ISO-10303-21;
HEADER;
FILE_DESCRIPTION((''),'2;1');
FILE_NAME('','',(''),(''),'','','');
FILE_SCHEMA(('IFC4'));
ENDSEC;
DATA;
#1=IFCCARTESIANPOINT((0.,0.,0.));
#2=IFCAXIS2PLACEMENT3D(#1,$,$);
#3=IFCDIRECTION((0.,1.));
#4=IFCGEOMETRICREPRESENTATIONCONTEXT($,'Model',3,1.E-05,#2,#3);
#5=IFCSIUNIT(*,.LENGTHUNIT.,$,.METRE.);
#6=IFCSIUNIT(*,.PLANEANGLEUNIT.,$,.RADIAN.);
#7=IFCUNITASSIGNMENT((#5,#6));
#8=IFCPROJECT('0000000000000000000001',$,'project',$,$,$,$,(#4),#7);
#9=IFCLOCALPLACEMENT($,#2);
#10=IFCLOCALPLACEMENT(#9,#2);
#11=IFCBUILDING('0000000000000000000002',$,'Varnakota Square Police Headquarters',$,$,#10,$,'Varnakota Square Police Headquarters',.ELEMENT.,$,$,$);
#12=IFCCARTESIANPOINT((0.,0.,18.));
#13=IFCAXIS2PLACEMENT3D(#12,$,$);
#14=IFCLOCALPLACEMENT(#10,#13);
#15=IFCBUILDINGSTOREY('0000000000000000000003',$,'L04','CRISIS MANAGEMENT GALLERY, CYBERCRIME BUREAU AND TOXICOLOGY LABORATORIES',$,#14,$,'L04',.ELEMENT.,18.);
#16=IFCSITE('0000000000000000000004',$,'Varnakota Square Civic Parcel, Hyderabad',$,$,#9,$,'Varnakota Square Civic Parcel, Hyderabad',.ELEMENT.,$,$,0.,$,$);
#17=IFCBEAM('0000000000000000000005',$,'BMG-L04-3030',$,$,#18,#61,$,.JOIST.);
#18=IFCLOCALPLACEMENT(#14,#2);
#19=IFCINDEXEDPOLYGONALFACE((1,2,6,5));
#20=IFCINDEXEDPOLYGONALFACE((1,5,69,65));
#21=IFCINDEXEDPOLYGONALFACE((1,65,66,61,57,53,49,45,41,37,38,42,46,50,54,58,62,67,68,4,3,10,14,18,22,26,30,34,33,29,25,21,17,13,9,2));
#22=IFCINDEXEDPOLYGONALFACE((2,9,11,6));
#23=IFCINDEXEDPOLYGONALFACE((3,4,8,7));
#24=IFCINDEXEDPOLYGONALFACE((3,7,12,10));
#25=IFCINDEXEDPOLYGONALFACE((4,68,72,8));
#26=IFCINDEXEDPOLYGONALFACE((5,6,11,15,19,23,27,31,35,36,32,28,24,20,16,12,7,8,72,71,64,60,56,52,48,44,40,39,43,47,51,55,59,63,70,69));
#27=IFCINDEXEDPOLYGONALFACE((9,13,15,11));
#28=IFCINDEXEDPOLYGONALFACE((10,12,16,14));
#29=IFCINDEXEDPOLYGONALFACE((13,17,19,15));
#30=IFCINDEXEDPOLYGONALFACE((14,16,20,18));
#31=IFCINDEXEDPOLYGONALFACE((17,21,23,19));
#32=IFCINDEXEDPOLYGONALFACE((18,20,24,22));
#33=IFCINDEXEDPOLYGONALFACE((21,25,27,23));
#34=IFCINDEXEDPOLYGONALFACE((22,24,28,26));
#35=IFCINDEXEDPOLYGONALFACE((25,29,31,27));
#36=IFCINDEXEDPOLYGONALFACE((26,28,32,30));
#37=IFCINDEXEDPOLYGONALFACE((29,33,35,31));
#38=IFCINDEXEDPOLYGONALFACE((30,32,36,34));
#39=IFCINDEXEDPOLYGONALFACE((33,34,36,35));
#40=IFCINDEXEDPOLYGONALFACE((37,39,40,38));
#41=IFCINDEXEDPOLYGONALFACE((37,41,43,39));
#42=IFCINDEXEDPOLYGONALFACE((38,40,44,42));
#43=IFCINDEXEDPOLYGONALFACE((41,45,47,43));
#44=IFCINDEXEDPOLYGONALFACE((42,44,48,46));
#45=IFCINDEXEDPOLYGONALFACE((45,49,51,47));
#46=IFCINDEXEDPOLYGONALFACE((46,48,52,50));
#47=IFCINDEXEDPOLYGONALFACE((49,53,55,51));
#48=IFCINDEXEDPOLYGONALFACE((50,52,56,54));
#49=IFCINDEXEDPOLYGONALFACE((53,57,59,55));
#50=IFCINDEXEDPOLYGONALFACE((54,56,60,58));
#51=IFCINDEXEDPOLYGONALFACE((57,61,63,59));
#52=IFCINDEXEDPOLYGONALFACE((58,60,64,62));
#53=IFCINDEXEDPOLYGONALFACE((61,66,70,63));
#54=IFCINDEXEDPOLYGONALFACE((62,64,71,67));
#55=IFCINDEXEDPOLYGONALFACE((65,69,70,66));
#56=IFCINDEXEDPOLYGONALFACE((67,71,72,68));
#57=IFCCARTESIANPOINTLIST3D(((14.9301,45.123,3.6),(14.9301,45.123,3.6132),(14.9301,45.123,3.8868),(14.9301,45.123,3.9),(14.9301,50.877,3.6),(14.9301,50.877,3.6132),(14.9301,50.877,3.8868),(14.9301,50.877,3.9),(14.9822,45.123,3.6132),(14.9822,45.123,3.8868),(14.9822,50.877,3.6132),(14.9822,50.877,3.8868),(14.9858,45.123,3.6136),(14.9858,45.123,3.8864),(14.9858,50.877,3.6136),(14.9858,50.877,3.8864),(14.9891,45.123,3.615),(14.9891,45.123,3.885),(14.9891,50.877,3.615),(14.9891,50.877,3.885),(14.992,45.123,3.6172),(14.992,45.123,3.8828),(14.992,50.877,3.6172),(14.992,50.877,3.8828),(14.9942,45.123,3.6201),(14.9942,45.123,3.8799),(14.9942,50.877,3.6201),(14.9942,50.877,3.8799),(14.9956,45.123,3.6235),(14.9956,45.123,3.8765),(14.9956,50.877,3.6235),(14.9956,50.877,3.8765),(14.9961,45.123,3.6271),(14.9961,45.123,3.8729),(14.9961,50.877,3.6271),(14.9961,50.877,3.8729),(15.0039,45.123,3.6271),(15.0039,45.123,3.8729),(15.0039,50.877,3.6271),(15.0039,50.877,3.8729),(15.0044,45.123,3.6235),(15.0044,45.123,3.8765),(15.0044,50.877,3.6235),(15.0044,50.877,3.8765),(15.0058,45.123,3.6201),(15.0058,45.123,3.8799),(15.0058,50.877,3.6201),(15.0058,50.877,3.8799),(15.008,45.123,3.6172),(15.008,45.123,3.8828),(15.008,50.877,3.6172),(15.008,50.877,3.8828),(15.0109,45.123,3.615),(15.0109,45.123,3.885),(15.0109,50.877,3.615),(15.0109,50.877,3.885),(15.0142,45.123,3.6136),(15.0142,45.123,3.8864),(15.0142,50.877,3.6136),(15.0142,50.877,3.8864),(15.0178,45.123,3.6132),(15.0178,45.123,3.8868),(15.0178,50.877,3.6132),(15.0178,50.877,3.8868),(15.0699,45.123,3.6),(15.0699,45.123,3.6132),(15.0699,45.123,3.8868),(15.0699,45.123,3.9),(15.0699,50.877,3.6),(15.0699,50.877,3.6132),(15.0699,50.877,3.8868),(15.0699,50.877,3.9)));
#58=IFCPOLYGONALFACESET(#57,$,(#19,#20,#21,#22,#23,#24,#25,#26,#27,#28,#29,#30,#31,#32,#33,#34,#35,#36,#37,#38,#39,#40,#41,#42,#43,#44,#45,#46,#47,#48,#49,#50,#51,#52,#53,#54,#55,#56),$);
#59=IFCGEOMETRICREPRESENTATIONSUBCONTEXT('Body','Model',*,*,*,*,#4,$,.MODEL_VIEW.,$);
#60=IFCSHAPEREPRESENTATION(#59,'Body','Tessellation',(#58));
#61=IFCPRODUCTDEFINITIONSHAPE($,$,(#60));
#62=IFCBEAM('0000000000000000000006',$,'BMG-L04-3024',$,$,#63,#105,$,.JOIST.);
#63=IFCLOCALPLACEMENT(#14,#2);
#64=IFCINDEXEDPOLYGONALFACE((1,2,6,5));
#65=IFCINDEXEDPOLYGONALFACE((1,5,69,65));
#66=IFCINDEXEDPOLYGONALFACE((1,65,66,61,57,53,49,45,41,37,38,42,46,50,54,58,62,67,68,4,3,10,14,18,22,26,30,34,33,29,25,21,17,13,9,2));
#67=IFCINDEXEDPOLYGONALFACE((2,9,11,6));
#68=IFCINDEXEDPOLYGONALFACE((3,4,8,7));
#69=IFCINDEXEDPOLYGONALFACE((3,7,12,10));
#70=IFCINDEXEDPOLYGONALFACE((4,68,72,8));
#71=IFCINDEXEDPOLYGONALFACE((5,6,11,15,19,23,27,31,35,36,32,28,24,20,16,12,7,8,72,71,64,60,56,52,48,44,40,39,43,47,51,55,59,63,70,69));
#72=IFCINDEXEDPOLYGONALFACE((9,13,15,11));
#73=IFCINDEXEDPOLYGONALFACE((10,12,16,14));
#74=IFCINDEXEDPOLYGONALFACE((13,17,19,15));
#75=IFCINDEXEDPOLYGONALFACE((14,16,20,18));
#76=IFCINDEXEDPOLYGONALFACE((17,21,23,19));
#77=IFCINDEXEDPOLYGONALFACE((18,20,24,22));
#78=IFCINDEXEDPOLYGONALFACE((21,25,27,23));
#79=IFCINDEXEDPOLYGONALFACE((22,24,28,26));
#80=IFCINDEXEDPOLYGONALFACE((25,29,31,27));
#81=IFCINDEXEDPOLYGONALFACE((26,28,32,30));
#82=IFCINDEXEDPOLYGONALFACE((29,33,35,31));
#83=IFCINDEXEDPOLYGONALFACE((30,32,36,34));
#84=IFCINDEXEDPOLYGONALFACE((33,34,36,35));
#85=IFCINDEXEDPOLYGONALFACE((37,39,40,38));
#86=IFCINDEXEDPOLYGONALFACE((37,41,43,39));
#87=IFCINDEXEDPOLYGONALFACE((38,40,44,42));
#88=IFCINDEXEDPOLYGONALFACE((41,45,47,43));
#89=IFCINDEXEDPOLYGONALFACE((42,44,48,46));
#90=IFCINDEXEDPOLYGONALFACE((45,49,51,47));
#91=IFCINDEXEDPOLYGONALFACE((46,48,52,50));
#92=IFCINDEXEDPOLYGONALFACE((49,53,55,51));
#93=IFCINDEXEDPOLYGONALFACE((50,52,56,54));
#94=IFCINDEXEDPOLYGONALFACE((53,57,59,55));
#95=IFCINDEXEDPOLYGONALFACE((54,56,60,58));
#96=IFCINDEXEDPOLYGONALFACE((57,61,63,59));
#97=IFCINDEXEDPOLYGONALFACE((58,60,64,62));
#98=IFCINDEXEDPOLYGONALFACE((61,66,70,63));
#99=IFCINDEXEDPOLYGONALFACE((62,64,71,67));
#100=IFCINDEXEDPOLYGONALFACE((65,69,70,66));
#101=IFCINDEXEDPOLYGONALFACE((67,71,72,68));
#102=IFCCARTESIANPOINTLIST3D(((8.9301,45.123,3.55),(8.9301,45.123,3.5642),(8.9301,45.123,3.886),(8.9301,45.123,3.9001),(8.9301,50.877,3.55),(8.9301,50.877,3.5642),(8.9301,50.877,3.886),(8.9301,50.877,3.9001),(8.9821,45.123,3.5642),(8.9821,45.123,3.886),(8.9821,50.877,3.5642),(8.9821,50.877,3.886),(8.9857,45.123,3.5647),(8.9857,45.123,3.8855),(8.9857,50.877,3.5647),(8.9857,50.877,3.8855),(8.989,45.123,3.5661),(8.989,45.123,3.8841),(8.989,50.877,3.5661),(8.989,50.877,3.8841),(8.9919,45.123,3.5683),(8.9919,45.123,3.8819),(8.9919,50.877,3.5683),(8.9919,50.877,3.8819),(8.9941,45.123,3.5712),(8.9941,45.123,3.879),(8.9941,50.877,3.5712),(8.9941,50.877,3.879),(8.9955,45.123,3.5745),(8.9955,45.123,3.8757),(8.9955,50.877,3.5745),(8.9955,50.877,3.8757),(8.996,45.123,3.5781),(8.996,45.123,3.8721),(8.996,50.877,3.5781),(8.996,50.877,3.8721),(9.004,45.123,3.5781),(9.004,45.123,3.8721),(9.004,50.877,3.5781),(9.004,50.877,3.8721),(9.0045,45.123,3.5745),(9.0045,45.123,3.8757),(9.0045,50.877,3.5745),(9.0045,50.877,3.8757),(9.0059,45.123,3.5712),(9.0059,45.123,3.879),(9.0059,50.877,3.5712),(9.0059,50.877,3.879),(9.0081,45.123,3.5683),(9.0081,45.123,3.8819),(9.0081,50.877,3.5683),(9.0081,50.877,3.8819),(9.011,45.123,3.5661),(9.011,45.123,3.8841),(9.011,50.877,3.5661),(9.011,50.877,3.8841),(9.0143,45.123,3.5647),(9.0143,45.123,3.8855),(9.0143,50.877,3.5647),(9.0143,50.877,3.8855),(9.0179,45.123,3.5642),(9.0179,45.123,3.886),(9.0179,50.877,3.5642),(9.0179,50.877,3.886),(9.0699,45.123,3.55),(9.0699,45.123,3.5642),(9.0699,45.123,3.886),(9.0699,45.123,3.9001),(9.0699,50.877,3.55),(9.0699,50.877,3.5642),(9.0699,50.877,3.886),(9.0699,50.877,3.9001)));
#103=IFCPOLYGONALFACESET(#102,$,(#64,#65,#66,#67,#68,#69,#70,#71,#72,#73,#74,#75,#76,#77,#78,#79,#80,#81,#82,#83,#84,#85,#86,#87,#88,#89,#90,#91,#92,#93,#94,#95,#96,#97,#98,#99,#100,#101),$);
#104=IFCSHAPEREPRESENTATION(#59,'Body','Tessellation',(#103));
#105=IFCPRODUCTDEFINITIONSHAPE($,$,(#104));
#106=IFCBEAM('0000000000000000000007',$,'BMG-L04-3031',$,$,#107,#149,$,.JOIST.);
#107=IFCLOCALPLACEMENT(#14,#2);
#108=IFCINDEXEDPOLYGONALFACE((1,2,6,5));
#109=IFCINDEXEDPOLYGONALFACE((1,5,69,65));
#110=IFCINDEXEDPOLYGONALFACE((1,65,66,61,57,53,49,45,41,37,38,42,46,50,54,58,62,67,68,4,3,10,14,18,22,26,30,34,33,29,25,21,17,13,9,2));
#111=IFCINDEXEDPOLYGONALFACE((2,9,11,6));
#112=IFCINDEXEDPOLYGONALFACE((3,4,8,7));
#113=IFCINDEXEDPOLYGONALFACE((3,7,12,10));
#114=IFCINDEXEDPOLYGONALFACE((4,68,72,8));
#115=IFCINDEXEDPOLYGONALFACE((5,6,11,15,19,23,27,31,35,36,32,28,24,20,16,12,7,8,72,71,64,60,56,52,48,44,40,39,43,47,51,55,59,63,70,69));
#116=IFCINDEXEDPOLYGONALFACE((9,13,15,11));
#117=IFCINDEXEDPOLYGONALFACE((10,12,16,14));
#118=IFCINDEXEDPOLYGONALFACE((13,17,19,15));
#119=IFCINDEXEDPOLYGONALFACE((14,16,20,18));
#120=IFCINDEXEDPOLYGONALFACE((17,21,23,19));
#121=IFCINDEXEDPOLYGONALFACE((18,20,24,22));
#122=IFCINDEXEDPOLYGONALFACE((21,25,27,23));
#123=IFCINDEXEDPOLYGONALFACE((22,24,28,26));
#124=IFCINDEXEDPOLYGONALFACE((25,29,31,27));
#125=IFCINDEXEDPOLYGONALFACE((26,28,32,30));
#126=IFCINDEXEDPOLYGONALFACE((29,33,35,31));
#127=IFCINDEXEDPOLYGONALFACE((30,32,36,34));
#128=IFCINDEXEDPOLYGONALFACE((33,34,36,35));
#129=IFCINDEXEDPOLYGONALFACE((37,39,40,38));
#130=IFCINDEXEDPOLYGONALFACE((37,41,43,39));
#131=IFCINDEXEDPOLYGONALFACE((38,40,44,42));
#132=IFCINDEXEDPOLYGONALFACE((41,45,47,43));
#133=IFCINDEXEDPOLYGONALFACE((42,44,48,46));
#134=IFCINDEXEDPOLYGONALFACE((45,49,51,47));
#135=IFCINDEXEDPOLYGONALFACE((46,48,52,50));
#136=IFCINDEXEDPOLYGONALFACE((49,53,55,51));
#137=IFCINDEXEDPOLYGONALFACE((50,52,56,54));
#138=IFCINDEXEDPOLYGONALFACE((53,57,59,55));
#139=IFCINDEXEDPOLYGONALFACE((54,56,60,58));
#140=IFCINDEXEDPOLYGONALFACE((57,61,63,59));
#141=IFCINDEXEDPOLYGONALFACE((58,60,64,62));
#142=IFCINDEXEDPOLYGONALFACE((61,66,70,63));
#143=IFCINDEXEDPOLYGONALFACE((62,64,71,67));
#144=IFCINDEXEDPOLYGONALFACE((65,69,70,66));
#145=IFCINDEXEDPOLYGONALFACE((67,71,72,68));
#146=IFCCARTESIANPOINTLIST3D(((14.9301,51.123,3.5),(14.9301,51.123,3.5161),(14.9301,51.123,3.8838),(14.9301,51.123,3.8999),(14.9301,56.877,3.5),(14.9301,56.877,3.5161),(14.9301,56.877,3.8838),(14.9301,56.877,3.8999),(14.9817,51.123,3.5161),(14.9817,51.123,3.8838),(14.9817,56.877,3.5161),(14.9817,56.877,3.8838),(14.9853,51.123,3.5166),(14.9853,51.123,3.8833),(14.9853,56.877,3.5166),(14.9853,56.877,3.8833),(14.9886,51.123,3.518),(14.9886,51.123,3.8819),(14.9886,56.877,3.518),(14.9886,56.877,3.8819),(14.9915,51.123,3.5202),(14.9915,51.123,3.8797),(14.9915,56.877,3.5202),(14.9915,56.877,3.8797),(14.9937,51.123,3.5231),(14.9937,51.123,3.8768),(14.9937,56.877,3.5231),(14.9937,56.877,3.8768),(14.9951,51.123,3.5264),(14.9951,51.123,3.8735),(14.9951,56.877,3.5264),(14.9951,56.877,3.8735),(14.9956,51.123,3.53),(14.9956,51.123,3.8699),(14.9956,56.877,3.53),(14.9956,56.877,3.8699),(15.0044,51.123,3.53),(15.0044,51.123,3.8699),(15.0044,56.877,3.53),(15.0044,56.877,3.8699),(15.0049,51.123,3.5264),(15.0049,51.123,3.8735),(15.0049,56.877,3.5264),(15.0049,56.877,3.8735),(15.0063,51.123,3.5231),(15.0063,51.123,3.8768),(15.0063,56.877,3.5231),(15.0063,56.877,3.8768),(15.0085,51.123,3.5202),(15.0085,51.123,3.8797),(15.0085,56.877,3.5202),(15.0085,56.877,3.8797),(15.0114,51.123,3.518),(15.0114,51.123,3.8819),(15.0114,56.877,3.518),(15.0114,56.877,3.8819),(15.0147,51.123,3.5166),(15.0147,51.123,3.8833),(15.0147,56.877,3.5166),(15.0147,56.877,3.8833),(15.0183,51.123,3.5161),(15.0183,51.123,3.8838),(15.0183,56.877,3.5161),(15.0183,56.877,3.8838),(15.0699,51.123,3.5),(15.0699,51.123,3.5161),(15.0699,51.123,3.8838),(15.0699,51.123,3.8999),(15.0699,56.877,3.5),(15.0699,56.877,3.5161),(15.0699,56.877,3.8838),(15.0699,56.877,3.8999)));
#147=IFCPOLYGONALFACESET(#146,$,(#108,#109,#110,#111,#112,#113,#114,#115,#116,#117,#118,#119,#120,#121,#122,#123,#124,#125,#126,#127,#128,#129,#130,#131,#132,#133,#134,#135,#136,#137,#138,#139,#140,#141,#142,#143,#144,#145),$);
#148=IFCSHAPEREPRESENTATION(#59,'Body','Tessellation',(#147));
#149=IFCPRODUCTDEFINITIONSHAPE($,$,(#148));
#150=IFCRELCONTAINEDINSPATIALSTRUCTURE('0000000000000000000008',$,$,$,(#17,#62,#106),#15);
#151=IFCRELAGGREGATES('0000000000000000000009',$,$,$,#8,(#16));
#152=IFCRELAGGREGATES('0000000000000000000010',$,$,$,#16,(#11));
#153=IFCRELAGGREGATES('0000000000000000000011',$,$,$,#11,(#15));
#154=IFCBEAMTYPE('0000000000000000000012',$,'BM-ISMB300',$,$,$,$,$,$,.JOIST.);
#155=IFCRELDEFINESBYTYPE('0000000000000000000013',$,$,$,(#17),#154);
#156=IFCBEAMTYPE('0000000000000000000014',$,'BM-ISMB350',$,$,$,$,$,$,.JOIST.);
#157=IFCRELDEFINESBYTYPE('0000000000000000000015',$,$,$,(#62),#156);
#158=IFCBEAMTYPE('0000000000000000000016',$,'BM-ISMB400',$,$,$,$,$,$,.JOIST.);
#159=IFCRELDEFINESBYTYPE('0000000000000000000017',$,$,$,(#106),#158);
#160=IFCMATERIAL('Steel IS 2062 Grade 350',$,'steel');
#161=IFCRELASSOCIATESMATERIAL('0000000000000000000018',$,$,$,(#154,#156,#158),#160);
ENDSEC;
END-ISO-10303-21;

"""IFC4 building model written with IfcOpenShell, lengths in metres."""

from ifc_helpers import new_model, si_unit, direction, frame, origin, origin_2d, place, context, subcontext, project, spatial, i_section, extrude, material, material_profile, profile_set, type_object, element, save


model = new_model("IFC4")

# Units and contexts
model_context = context("Model", 3, precision=1e-05, world=origin(), true_north=direction((0.0, 1.0)))
body_context = subcontext(model_context, "Body", "Model", "MODEL_VIEW")
ifc_project = project(units=[si_unit("LENGTHUNIT", "METRE"), si_unit("PLANEANGLEUNIT", "RADIAN")], contexts=[model_context])

# Site, building, storey
site_placement = place(None, origin())
site = spatial("IfcSite", under=ifc_project, at=site_placement, Name="Varnakota Square Civic Parcel, Hyderabad", LongName="Varnakota Square Civic Parcel, Hyderabad", CompositionType="ELEMENT", RefElevation=0.0)
building_placement = place(site_placement, origin())
building = spatial("IfcBuilding", under=site, at=building_placement, Name="Varnakota Square Police Headquarters", LongName="Varnakota Square Police Headquarters", CompositionType="ELEMENT")
storey_placement = place(building_placement, frame((0.0, 0.0, 18.0)))
storey = spatial("IfcBuildingStorey", under=building, at=storey_placement, Name="L04", Description="CRISIS MANAGEMENT GALLERY, CYBERCRIME BUREAU AND TOXICOLOGY LABORATORIES", LongName="L04", CompositionType="ELEMENT", Elevation=18.0)

# Shared definitions
ifc_material_1 = material(Name="Steel IS 2062 Grade 350", Category="steel")

# Beams
ifc_material_profile_1 = material_profile(ifc_material_1, i_section(OverallWidth=0.1399, OverallDepth=0.3, WebThickness=0.0078, FlangeThickness=0.0132, FilletRadius=0.0139, at=origin_2d()), Name="ISMB 300")
ifc_profile_set_1 = profile_set([ifc_material_profile_1], Name="Steel IS 2062 Grade 350")
beam_type_1 = type_object("IfcBeamType", Name="BM-ISMB300", PredefinedType="JOIST", material=ifc_profile_set_1)
for number, where, z_axis, x_axis, name in (
    (1, (15.0, 45.123, 3.75), (0.0, 1.0, 0.0), (-1.0, 0.0, 0.0), "BMG-L04-3030"),
):
    element("IfcBeam", number, at=place(storey_placement, frame(where, z_axis=z_axis, x_axis=x_axis)), inside=storey, type_object=beam_type_1, Name=name, PredefinedType="JOIST", context=body_context, shape_type="SweptSolid", body=[
        extrude(i_section(OverallWidth=0.1399, OverallDepth=0.3, WebThickness=0.0078, FlangeThickness=0.0132, FilletRadius=0.0139, at=origin_2d()), origin(), (0.0, 0.0, 1.0), 5.7539),
    ])
ifc_material_profile_2 = material_profile(ifc_material_1, i_section(OverallWidth=0.1399, OverallDepth=0.3501, WebThickness=0.0081, FlangeThickness=0.0142, FilletRadius=0.0139, at=origin_2d()), Name="ISMB 350")
ifc_profile_set_2 = profile_set([ifc_material_profile_2], Name="Steel IS 2062 Grade 350")
beam_type_2 = type_object("IfcBeamType", Name="BM-ISMB350", PredefinedType="JOIST", material=ifc_profile_set_2)
beam_1_placement = place(storey_placement, frame((9.0, 45.123, 3.7251), z_axis=(0.0, 1.0, 0.0), x_axis=(-1.0, 0.0, 0.0)))
element("IfcBeam", 2, at=beam_1_placement, inside=storey, type_object=beam_type_2, Name="BMG-L04-3024", PredefinedType="JOIST", context=body_context, shape_type="SweptSolid", body=[
    extrude(i_section(OverallWidth=0.1399, OverallDepth=0.3501, WebThickness=0.0081, FlangeThickness=0.0142, FilletRadius=0.0139, at=origin_2d()), origin(), (0.0, 0.0, 1.0), 5.7539),
])
ifc_material_profile_3 = material_profile(ifc_material_1, i_section(OverallWidth=0.1399, OverallDepth=0.3999, WebThickness=0.0088, FlangeThickness=0.0161, FilletRadius=0.0139, at=origin_2d()), Name="ISMB 400")
ifc_profile_set_3 = profile_set([ifc_material_profile_3], Name="Steel IS 2062 Grade 350")
beam_type_3 = type_object("IfcBeamType", Name="BM-ISMB400", PredefinedType="JOIST", material=ifc_profile_set_3)
beam_2_placement = place(storey_placement, frame((15.0, 51.123, 3.7), z_axis=(0.0, 1.0, 0.0), x_axis=(-1.0, 0.0, 0.0)))
element("IfcBeam", 3, at=beam_2_placement, inside=storey, type_object=beam_type_3, Name="BMG-L04-3031", PredefinedType="JOIST", context=body_context, shape_type="SweptSolid", body=[
    extrude(i_section(OverallWidth=0.1399, OverallDepth=0.3999, WebThickness=0.0088, FlangeThickness=0.0161, FilletRadius=0.0139, at=origin_2d()), origin(), (0.0, 0.0, 1.0), 5.7539),
])

save(model, "model.ifc")
